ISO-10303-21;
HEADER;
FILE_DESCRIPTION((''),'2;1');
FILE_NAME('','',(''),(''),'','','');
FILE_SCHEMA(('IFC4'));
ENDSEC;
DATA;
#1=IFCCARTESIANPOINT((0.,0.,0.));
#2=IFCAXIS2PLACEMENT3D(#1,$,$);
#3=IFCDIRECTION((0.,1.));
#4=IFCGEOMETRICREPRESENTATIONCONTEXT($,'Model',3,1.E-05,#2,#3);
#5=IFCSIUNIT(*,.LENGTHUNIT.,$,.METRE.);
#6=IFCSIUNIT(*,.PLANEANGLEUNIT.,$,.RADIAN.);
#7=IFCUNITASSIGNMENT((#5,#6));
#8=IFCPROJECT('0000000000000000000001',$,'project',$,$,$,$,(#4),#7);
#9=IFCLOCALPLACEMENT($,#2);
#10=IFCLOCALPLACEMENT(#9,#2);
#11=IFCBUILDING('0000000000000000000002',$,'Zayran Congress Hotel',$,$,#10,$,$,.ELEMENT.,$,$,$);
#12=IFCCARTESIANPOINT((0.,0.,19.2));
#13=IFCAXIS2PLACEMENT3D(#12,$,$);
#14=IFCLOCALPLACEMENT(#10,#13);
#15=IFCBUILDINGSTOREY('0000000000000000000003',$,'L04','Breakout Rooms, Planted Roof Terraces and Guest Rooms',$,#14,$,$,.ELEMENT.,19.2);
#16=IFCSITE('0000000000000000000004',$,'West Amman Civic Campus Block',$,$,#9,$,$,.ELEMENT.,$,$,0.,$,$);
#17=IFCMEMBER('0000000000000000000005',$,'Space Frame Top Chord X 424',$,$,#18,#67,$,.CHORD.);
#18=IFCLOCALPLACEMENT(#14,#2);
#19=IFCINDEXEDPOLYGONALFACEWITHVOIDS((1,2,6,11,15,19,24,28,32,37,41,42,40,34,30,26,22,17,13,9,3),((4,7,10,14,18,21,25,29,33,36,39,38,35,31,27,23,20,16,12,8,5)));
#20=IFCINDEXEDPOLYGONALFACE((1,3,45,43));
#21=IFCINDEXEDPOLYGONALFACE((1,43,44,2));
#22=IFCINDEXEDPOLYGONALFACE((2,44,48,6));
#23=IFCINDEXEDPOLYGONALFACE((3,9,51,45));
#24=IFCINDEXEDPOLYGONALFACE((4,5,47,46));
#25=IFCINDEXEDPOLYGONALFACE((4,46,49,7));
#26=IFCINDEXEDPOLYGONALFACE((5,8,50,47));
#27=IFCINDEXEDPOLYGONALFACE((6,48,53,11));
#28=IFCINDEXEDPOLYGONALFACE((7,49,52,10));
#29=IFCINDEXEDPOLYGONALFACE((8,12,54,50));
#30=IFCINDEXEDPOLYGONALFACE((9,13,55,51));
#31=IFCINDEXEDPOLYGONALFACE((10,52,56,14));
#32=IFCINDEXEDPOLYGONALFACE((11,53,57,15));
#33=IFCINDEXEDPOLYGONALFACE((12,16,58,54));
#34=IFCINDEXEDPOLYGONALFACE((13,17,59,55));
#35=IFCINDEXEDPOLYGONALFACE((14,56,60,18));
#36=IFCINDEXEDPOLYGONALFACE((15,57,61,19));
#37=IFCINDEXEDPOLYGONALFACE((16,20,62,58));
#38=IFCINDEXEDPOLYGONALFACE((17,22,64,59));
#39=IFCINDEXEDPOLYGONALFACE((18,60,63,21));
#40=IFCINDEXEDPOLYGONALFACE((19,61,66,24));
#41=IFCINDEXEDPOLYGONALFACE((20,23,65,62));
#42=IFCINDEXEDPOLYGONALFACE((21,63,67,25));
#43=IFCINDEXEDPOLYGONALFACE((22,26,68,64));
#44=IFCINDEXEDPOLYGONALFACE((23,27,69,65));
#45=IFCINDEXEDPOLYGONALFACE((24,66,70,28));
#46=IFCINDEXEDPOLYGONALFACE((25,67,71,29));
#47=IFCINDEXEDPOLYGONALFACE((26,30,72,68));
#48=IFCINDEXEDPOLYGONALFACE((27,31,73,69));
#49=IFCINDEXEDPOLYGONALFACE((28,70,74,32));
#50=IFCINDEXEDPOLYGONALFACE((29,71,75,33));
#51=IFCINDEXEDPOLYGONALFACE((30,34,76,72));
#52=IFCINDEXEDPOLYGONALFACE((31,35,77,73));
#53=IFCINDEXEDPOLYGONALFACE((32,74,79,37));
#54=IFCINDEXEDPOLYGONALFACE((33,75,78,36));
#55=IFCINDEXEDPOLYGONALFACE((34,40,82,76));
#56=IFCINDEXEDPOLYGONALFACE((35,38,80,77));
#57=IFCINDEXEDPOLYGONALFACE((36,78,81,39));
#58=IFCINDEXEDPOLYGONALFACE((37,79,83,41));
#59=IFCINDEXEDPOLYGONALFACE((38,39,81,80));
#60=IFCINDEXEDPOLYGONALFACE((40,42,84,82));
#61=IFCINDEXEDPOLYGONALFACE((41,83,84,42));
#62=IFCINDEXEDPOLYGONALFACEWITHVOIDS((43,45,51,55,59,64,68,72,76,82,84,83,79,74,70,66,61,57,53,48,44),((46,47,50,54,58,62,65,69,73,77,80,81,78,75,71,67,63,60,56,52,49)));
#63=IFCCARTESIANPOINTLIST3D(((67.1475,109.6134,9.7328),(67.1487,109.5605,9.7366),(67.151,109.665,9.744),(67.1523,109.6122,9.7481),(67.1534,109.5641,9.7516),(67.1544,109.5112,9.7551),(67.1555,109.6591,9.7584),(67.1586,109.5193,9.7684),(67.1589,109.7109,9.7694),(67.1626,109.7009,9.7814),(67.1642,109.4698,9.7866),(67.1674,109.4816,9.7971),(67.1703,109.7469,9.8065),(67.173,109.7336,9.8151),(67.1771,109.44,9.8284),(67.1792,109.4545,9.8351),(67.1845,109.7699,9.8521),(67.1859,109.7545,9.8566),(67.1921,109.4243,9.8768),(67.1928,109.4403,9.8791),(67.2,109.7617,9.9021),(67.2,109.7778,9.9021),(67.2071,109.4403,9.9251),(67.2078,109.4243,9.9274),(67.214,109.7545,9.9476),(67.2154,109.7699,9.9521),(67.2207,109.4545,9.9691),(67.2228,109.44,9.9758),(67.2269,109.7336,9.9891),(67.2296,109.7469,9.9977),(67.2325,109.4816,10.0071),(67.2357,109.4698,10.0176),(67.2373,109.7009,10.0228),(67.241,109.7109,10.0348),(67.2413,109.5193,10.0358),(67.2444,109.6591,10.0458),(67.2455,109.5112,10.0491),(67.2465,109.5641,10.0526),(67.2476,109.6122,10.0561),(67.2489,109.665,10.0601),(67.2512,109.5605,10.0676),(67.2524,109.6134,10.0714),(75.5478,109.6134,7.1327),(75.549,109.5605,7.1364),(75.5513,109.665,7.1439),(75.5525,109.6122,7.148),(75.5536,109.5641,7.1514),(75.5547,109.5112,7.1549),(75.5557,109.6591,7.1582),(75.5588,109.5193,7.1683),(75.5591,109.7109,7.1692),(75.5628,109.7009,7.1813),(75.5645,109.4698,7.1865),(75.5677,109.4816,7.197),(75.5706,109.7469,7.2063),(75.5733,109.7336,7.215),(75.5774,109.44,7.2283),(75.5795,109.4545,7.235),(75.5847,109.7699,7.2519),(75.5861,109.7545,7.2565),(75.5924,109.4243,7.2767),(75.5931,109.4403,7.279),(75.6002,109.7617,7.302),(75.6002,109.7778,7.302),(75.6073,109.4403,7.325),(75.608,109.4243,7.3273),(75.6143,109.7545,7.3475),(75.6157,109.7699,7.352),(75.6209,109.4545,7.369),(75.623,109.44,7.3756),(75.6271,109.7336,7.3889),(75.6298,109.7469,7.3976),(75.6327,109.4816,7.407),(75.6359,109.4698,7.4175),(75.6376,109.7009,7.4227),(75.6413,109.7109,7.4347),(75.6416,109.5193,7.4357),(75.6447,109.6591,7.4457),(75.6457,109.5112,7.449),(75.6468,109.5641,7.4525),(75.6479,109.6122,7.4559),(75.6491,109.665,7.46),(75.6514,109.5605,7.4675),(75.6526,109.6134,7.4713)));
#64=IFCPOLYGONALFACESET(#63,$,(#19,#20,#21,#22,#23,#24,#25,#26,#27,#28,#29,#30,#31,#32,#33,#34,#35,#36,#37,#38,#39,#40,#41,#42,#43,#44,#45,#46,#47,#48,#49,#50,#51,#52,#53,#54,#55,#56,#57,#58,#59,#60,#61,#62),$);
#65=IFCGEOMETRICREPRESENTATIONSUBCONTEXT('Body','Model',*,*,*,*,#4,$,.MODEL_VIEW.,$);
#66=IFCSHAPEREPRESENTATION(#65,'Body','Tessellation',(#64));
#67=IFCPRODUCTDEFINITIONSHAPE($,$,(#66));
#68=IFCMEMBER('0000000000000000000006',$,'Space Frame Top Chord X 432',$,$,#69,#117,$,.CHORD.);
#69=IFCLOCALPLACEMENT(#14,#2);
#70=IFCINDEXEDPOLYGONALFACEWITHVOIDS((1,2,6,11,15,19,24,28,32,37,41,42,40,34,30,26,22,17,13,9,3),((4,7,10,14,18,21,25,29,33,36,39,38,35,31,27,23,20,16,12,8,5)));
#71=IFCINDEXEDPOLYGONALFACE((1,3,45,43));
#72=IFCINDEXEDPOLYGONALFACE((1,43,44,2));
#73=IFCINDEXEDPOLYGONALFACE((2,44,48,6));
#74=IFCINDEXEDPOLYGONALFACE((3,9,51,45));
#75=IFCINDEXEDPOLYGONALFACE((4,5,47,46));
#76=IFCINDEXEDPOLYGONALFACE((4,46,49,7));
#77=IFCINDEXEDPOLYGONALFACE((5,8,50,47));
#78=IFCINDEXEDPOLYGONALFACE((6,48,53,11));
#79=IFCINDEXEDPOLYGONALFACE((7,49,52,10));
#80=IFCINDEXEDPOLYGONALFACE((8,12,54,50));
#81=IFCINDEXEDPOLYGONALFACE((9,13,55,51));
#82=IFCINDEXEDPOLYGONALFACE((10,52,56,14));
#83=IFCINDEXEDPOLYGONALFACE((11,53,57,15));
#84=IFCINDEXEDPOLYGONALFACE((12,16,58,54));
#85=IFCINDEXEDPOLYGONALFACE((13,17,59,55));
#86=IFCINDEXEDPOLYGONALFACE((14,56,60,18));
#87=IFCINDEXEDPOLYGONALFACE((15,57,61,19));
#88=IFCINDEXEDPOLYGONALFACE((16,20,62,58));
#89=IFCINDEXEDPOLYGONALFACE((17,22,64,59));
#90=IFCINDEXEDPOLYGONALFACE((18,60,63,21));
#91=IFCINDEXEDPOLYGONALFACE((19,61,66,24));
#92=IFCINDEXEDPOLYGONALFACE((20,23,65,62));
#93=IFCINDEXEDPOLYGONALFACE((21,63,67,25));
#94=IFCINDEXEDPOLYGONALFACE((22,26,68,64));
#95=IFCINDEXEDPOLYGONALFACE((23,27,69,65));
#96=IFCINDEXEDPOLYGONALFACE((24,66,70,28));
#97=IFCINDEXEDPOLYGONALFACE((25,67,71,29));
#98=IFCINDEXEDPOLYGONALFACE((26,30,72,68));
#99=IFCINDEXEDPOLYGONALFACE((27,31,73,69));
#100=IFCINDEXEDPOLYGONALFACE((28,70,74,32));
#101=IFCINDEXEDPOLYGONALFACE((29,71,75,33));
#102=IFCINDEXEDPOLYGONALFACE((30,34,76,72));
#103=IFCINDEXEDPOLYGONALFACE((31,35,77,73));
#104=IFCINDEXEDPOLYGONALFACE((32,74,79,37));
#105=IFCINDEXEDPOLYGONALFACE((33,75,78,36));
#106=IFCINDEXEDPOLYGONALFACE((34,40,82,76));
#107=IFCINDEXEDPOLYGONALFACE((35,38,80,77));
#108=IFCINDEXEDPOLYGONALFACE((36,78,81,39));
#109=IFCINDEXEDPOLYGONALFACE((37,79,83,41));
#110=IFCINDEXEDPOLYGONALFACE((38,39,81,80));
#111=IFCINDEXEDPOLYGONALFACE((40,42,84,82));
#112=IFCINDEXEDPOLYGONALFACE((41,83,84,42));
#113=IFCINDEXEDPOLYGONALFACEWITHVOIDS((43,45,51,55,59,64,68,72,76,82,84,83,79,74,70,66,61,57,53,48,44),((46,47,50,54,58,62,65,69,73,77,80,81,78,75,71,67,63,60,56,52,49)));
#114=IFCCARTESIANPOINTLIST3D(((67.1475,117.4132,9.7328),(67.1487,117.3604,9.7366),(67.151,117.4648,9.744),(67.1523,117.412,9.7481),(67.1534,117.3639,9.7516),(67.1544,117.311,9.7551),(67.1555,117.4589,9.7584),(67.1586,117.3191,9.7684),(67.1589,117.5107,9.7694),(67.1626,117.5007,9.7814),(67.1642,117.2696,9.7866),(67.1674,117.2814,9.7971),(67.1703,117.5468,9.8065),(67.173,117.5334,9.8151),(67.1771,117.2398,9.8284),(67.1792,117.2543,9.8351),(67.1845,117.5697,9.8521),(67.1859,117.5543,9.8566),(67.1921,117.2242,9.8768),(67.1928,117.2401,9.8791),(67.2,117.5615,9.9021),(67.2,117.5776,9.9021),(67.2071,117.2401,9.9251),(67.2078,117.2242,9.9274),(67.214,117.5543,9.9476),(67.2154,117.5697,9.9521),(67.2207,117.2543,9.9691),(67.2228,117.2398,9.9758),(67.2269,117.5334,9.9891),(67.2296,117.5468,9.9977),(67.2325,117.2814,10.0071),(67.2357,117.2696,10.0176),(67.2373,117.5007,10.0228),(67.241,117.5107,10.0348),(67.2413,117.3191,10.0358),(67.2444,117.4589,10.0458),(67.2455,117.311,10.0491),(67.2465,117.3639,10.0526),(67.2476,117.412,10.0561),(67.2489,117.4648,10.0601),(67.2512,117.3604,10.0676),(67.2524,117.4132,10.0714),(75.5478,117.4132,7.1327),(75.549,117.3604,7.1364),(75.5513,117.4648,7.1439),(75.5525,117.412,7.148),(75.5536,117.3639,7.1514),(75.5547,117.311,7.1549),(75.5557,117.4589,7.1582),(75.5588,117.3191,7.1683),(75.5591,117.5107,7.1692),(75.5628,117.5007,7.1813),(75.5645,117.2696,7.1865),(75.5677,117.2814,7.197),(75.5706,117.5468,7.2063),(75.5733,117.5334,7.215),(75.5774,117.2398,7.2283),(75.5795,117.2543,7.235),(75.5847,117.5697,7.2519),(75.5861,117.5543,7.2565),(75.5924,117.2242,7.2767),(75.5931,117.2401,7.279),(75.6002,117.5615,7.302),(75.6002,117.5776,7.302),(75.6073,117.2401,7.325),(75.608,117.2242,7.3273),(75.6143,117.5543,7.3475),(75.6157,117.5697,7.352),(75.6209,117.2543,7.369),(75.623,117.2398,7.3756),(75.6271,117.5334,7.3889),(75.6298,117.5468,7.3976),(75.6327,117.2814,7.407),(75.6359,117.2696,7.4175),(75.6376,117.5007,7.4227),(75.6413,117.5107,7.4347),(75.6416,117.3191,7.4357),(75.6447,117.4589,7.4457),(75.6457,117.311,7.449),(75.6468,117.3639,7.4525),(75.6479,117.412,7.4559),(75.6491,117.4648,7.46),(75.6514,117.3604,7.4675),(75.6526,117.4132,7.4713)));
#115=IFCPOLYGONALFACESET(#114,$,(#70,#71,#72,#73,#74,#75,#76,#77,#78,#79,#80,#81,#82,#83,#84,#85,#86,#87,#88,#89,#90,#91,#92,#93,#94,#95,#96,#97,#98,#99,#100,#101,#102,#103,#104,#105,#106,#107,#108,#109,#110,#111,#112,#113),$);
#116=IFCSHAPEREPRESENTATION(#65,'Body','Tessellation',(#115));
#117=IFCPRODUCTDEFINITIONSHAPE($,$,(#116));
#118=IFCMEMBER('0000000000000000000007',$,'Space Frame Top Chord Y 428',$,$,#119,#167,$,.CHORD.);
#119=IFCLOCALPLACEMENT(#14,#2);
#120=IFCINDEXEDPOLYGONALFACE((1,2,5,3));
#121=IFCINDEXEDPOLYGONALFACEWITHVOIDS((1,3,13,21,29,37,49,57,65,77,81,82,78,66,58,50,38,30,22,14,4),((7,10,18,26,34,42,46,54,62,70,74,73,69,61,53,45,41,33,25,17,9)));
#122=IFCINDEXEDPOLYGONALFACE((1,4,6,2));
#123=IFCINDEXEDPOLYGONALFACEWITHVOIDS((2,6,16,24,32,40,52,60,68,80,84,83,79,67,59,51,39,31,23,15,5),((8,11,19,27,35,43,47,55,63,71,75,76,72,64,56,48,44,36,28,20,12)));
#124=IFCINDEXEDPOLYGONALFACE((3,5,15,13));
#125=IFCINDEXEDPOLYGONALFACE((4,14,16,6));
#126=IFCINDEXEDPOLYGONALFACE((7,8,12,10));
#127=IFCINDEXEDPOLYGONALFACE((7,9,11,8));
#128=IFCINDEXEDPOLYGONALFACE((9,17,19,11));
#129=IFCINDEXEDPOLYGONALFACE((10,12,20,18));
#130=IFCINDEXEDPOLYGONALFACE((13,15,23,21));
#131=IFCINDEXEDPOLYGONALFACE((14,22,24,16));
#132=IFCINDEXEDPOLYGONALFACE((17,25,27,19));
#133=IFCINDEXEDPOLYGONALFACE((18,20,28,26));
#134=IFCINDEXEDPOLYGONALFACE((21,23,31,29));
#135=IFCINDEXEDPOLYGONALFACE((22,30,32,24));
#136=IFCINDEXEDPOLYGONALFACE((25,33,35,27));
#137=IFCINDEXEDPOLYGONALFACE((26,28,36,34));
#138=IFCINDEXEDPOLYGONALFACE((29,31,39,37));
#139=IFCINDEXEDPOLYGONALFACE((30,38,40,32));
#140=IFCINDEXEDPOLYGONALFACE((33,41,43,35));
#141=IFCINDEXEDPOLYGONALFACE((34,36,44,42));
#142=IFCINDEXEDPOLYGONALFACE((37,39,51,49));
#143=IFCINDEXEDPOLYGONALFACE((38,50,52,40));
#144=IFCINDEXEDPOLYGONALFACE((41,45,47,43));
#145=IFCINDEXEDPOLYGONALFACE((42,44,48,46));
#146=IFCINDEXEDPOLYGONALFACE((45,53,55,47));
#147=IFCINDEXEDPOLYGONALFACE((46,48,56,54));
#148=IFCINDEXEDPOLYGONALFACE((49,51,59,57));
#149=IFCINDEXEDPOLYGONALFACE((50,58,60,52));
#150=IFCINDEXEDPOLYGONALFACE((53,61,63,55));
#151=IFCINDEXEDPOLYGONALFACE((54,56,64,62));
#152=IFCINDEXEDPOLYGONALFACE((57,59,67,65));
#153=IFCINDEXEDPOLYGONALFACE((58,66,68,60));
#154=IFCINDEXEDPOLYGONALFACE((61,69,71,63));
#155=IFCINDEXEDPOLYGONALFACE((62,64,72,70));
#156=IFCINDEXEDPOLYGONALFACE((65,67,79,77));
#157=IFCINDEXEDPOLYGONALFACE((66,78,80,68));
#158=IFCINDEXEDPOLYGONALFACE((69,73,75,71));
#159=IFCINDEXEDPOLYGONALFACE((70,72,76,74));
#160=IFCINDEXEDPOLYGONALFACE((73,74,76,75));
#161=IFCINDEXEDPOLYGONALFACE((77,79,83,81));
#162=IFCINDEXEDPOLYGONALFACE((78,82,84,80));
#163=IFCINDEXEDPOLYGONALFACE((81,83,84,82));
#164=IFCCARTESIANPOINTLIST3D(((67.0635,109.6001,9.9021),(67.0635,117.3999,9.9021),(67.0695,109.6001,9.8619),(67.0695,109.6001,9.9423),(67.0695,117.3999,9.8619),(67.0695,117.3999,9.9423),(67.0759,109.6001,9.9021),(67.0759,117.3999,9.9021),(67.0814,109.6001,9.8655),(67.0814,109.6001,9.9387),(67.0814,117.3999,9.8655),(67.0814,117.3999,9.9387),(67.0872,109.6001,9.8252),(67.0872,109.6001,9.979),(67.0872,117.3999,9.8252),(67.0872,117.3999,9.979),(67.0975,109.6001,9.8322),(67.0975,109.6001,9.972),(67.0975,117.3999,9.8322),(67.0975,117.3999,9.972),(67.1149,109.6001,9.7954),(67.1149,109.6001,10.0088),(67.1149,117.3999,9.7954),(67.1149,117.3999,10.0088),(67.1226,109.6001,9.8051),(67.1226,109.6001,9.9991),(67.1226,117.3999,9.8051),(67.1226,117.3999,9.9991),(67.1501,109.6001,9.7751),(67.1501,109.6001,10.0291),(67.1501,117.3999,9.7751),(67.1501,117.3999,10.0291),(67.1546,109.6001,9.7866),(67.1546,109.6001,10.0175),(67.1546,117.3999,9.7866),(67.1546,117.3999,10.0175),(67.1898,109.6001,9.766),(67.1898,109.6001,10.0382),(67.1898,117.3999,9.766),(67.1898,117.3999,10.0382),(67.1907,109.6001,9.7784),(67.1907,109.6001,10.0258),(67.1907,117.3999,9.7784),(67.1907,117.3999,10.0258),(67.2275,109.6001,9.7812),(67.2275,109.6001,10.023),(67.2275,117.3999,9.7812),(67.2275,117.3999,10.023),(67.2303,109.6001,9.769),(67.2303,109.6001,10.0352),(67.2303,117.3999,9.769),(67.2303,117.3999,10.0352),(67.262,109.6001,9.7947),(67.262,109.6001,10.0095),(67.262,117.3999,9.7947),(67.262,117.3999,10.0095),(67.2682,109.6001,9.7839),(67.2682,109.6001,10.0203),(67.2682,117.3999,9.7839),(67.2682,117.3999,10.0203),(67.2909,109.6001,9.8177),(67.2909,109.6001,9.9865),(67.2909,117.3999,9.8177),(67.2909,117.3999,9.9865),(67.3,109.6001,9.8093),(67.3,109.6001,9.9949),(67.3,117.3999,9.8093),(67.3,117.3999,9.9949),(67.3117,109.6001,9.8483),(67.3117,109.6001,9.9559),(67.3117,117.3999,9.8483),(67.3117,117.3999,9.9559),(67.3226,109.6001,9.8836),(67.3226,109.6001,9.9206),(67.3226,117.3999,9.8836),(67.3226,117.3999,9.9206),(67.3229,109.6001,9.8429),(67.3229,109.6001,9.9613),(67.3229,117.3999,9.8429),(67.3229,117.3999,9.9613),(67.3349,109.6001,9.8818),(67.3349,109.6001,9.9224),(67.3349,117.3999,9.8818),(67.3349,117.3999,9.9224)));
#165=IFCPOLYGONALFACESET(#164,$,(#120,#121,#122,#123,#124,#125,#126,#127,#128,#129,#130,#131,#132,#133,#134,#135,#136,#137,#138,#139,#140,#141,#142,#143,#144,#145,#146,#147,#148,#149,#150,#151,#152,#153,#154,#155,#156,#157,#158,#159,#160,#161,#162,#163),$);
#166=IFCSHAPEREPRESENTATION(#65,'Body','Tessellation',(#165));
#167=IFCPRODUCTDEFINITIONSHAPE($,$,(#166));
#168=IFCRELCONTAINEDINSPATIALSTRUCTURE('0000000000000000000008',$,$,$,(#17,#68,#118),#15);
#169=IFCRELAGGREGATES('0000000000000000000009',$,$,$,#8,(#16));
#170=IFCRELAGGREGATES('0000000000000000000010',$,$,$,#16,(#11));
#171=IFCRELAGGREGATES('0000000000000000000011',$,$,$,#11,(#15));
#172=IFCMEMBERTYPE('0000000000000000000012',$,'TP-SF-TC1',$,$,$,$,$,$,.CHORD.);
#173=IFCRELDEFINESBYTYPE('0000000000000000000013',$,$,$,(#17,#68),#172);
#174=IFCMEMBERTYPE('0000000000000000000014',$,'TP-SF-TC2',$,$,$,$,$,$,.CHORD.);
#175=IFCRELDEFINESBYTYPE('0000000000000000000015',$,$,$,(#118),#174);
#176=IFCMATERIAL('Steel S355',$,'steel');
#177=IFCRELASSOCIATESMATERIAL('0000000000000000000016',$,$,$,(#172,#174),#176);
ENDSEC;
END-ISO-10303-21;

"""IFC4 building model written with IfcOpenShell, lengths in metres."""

from ifc_helpers import new_model, si_unit, direction, frame, origin, origin_2d, place, context, subcontext, project, spatial, hollow_circle, extrude, material, material_profile, profile_set, type_object, element, save


model = new_model("IFC4")

# Units and contexts
model_context = context("Model", 3, precision=1e-05, world=origin(), true_north=direction((0.0, 1.0)))
body_context = subcontext(model_context, "Body", "Model", "MODEL_VIEW")
ifc_project = project(units=[si_unit("LENGTHUNIT", "METRE"), si_unit("PLANEANGLEUNIT", "RADIAN")], contexts=[model_context])

# Site, building, storey
site_placement = place(None, origin())
site = spatial("IfcSite", under=ifc_project, at=site_placement, Name="West Amman Civic Campus Block", CompositionType="ELEMENT", RefElevation=0.0)
building_placement = place(site_placement, origin())
building = spatial("IfcBuilding", under=site, at=building_placement, Name="Zayran Congress Hotel", CompositionType="ELEMENT")
storey_placement = place(building_placement, frame((0.0, 0.0, 19.2)))
storey = spatial("IfcBuildingStorey", under=building, at=storey_placement, Name="L04", Description="Breakout Rooms, Planted Roof Terraces and Guest Rooms", CompositionType="ELEMENT", Elevation=19.2)

# Members
ifc_material = material(Name="Steel S355", Category="steel")
ifc_material_profile_1 = material_profile(ifc_material, hollow_circle(Radius=0.1777, WallThickness=0.0161, at=origin_2d()), Name="CHS 355.6x16")
ifc_profile_set_1 = profile_set([ifc_material_profile_1], Name="Steel S355")
member_type_1 = type_object("IfcMemberType", Name="TP-SF-TC1", PredefinedType="CHORD", material=ifc_profile_set_1)
for number, where, z_axis, x_axis, name in (
    (1, (67.2, 109.6001, 9.9021), (0.955284, 0.0, -0.295689), (0.0, 1.0, 0.0), "Space Frame Top Chord X 424"),
    (2, (67.2, 117.3999, 9.9021), (0.955284, 0.0, -0.295689), (0.0, 1.0, 0.0), "Space Frame Top Chord X 432"),
):
    element("IfcMember", number, at=place(storey_placement, frame(where, z_axis=z_axis, x_axis=x_axis)), inside=storey, type_object=member_type_1, Name=name, PredefinedType="CHORD", context=body_context, shape_type="SweptSolid", body=[
        extrude(hollow_circle(Radius=0.1777, WallThickness=0.0161, at=origin_2d()), origin(), (0.0, 0.0, 1.0), 8.7935),
    ])
ifc_material_profile_2 = material_profile(ifc_material, hollow_circle(Radius=0.1365, WallThickness=0.0125, at=origin_2d()), Name="CHS 273x12.5")
ifc_profile_set_2 = profile_set([ifc_material_profile_2], Name="Steel S355")
member_type_2 = type_object("IfcMemberType", Name="TP-SF-TC2", PredefinedType="CHORD", material=ifc_profile_set_2)
member_1_placement = place(storey_placement, frame((67.2, 109.6001, 9.9021), z_axis=(0.0, 1.0, 0.0), x_axis=(-1.0, 0.0, 0.0)))
element("IfcMember", 3, at=member_1_placement, inside=storey, type_object=member_type_2, Name="Space Frame Top Chord Y 428", PredefinedType="CHORD", context=body_context, shape_type="SweptSolid", body=[
    extrude(hollow_circle(Radius=0.1365, WallThickness=0.0125, at=origin_2d()), origin(), (0.0, 0.0, 1.0), 7.7998),
])

save(model, "model.ifc")
